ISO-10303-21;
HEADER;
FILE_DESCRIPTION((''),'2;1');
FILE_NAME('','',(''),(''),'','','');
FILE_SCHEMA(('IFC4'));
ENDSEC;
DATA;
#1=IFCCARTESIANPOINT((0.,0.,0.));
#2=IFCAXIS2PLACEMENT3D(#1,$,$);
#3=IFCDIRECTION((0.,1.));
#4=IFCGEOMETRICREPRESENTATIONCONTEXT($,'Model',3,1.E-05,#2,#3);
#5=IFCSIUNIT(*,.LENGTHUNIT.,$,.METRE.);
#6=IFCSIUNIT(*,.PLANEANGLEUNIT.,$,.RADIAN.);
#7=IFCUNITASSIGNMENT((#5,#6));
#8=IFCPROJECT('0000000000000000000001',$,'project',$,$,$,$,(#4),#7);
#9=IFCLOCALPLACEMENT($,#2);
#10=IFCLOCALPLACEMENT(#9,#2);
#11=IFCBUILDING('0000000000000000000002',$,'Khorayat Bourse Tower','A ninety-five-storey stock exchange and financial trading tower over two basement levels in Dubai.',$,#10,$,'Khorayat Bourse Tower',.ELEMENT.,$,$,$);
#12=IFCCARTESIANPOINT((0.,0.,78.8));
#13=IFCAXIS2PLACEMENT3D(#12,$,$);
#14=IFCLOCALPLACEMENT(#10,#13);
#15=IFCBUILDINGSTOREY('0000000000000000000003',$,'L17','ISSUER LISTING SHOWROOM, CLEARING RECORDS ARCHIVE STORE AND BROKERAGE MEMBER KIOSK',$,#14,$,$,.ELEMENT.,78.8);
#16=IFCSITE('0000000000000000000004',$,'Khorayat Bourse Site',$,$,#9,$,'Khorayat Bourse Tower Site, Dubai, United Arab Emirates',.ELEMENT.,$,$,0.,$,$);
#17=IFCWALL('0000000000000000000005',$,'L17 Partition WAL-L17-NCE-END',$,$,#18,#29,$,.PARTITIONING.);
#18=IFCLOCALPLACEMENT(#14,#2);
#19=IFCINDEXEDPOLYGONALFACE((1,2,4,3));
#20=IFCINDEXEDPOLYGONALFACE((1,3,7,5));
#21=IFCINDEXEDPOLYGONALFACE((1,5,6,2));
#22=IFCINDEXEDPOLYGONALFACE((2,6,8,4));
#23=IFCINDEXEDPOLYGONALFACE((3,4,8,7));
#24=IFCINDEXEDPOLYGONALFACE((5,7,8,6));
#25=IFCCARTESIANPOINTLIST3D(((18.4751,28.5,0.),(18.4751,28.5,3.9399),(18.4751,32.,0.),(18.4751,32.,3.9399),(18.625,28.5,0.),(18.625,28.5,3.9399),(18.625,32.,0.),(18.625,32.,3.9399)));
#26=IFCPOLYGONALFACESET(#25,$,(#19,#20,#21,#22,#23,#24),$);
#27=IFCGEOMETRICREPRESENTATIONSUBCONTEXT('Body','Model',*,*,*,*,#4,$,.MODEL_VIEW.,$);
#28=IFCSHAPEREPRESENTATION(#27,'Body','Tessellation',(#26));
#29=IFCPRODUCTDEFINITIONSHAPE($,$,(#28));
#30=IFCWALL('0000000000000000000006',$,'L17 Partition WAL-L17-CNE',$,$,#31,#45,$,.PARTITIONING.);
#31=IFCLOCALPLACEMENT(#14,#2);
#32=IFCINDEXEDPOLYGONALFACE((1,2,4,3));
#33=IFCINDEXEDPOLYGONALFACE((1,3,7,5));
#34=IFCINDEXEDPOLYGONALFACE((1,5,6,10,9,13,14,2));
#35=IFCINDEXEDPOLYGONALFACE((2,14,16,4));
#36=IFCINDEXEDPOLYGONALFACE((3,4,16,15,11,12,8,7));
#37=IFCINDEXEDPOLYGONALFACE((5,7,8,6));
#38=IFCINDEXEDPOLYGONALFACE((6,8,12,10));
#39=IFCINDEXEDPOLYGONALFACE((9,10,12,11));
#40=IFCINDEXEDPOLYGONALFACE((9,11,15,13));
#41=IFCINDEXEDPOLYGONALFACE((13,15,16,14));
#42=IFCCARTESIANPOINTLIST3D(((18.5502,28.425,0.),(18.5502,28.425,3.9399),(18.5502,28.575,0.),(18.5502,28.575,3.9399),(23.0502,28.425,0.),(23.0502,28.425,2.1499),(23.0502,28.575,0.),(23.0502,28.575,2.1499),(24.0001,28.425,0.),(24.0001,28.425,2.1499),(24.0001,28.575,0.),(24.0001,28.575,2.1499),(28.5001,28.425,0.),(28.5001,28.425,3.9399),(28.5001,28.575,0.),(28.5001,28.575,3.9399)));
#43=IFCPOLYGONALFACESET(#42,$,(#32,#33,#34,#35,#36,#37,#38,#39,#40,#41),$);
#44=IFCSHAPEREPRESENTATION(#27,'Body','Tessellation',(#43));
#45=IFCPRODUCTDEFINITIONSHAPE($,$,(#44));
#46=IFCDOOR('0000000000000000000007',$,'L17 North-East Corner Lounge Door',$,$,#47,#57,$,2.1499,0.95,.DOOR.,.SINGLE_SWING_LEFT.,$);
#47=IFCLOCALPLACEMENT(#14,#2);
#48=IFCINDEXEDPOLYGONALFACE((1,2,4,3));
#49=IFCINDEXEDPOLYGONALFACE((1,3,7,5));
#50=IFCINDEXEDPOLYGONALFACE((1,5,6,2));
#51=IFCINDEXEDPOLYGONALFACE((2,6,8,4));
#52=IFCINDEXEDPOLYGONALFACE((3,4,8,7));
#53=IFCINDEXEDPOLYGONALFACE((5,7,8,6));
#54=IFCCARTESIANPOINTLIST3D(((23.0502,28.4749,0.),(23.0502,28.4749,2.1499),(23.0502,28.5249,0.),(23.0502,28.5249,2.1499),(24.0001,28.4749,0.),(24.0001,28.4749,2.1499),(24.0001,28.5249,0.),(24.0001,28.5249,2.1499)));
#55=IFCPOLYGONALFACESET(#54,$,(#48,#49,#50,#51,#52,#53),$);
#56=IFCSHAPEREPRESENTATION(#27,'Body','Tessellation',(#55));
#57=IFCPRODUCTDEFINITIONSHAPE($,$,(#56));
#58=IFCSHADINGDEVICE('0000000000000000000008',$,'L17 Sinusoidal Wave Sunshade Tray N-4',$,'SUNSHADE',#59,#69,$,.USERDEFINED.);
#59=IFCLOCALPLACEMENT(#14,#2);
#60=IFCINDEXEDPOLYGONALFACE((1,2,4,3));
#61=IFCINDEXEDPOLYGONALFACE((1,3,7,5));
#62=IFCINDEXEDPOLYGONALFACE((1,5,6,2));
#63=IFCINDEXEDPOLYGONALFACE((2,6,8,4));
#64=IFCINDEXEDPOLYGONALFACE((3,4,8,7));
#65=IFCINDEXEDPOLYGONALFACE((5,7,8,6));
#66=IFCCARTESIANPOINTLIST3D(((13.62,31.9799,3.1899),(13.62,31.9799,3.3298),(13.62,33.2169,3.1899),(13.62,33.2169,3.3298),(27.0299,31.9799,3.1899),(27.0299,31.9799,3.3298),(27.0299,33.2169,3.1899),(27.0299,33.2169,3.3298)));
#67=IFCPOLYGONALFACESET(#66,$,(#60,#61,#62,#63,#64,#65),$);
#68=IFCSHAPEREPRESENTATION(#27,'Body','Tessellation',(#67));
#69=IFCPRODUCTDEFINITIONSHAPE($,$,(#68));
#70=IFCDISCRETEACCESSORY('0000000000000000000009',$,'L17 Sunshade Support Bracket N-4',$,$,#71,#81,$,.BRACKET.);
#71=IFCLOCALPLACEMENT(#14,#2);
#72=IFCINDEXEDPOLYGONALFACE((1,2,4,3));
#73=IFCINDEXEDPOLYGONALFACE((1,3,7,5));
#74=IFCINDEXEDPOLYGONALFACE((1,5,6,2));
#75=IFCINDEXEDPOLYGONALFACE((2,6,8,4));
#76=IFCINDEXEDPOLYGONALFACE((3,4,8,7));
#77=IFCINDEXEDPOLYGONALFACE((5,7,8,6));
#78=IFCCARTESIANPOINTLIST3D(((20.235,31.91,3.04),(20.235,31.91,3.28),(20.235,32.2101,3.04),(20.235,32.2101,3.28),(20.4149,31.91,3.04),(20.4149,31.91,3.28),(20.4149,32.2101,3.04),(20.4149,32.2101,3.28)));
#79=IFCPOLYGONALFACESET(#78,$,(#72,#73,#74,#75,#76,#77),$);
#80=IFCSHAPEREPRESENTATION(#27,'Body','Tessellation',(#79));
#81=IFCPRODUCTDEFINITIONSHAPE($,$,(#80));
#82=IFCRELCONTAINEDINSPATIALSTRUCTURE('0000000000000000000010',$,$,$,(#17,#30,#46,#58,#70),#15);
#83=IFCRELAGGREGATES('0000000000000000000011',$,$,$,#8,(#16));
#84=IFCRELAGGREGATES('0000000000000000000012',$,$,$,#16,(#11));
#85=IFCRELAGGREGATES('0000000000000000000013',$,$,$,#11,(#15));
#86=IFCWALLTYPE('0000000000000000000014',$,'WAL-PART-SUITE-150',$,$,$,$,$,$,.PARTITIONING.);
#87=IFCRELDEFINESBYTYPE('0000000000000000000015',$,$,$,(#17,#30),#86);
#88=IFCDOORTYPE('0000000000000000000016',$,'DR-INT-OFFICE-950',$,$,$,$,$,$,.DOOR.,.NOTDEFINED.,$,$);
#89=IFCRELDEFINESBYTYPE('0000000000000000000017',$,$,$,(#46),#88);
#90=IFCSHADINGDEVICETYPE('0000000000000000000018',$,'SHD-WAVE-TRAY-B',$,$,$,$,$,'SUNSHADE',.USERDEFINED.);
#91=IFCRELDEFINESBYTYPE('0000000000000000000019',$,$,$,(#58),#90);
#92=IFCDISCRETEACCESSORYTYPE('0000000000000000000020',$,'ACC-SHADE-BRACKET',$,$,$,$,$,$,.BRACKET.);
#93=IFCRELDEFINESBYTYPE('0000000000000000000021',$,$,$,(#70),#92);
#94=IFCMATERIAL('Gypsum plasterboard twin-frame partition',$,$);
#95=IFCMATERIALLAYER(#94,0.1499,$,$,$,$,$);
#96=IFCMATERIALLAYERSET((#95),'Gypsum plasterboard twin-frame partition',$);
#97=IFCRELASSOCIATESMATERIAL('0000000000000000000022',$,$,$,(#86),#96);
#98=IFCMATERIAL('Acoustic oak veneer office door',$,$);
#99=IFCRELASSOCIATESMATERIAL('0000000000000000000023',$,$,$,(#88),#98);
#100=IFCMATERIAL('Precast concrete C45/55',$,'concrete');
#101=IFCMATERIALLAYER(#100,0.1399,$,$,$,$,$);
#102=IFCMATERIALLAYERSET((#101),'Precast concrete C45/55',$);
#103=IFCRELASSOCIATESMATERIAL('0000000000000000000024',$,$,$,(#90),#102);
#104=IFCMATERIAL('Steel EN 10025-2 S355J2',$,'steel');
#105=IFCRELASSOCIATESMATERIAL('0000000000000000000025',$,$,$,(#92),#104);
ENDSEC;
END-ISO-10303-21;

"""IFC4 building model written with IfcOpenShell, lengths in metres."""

from ifc_helpers import new_model, si_unit, direction, frame, frame_2d, origin, origin_2d, place, context, subcontext, project, spatial, rectangle, extrude, source, transform, mapped, material, layer, layer_set, type_object, element, fill, save


model = new_model("IFC4")

# Units and contexts
model_context = context("Model", 3, precision=1e-05, world=origin(), true_north=direction((0.0, 1.0)))
body_context = subcontext(model_context, "Body", "Model", "MODEL_VIEW")
ifc_project = project(units=[si_unit("LENGTHUNIT", "METRE"), si_unit("PLANEANGLEUNIT", "RADIAN")], contexts=[model_context])

# Site, building, storey
site_placement = place(None, origin())
site = spatial("IfcSite", under=ifc_project, at=site_placement, Name="Khorayat Bourse Site", LongName="Khorayat Bourse Tower Site, Dubai, United Arab Emirates", CompositionType="ELEMENT", RefElevation=0.0)
building_placement = place(site_placement, origin())
building = spatial("IfcBuilding", under=site, at=building_placement, Name="Khorayat Bourse Tower", Description="A ninety-five-storey stock exchange and financial trading tower over two basement levels in Dubai.", LongName="Khorayat Bourse Tower", CompositionType="ELEMENT")
storey_placement = place(building_placement, frame((0.0, 0.0, 78.8)))
storey = spatial("IfcBuildingStorey", under=building, at=storey_placement, Name="L17", Description="ISSUER LISTING SHOWROOM, CLEARING RECORDS ARCHIVE STORE AND BROKERAGE MEMBER KIOSK", CompositionType="ELEMENT", Elevation=78.8)

# Shared definitions
ifc_material_1 = material(Name="Steel EN 10025-2 S355J2", Category="steel")

# Shared definitions
ifc_material_2 = material(Name="Precast concrete C45/55", Category="concrete")

# Wall
ifc_material_3 = material(Name="Gypsum plasterboard twin-frame partition")
ifc_layer_1 = layer(ifc_material_3, 0.1499)
ifc_layer_set_1 = layer_set([ifc_layer_1], Name="Gypsum plasterboard twin-frame partition")
wall_type_1 = type_object("IfcWallType", Name="WAL-PART-SUITE-150", PredefinedType="PARTITIONING", material=ifc_layer_set_1)
shared_shape_1 = source(origin(), body_context, "Body", "SweptSolid", [
    extrude(rectangle(XDim=3.5, YDim=0.1499, at=frame_2d((1.75, 0.0))), origin(), (0.0, 0.0, 1.0), 3.9399),
])
wall_1_placement = place(storey_placement, frame((18.55, 28.5, 0.0), z_axis=(0.0, 0.0, 1.0), x_axis=(0.0, 1.0, 0.0)))
element("IfcWall", 1, at=wall_1_placement, inside=storey, type_object=wall_type_1, Name="L17 Partition WAL-L17-NCE-END", PredefinedType="PARTITIONING", context=body_context, shape_type="MappedRepresentation", body=[
    mapped(shared_shape_1, transform((0.0, 0.0, 0.0), scale=1.0)),
])

# Wall, opening, door
shared_shape_2 = source(origin(), body_context, "Body", "SweptSolid", [
    extrude(rectangle(XDim=9.95, YDim=0.1499, at=frame_2d((4.9751, 0.0))), origin(), (0.0, 0.0, 1.0), 3.9399),
])
wall_2_placement = place(storey_placement, frame((18.55, 28.5, 0.0), z_axis=(0.0, 0.0, 1.0), x_axis=(1.0, 0.0, 0.0)))
wall_2 = element("IfcWall", 2, at=wall_2_placement, inside=storey, type_object=wall_type_1, Name="L17 Partition WAL-L17-CNE", PredefinedType="PARTITIONING", context=body_context, shape_type="MappedRepresentation", body=[
    mapped(shared_shape_2, transform((0.0, 0.0, 0.0), scale=1.0)),
])
shared_shape_3 = source(origin(), body_context, "Body", "SweptSolid", [
    extrude(rectangle(XDim=0.95, YDim=2.1499, at=frame_2d((0.4751, 1.075))), frame((0.0, 0.085, 0.0), z_axis=(0.0, -1.0, 0.0), x_axis=(1.0, 0.0, 0.0)), (0.0, 0.0, 1.0), 0.1699),
])
opening_1_placement = place(wall_2_placement, frame((4.5, 0.0, 0.0)))
opening_1 = element("IfcOpeningElement", 3, at=opening_1_placement, cuts=wall_2, PredefinedType="OPENING", context=body_context, shape_type="MappedRepresentation", body=[
    mapped(shared_shape_3, transform((0.0, 0.0, 0.0), scale=1.0)),
])
ifc_material_4 = material(Name="Acoustic oak veneer office door")
door_type = type_object("IfcDoorType", Name="DR-INT-OFFICE-950", OperationType="NOTDEFINED", PredefinedType="DOOR", material=ifc_material_4)
shared_shape_4 = source(origin(), body_context, "Body", "SweptSolid", [
    extrude(rectangle(XDim=0.95, YDim=2.1499, at=frame_2d((0.4751, 1.075))), frame((0.0, 0.0249, 0.0), z_axis=(0.0, -1.0, 0.0), x_axis=(1.0, 0.0, 0.0)), (0.0, 0.0, 1.0), 0.05),
])
door_placement = place(opening_1_placement, origin())
door = element("IfcDoor", 4, at=door_placement, inside=storey, type_object=door_type, Name="L17 North-East Corner Lounge Door", OperationType="SINGLE_SWING_LEFT", OverallHeight=2.1499, OverallWidth=0.95, PredefinedType="DOOR", context=body_context, shape_type="MappedRepresentation", body=[
    mapped(shared_shape_4, transform((0.0, 0.0, 0.0), scale=1.0)),
])
fill(opening_1, door)

# Shading device
ifc_layer_2 = layer(ifc_material_2, 0.1399)
ifc_layer_set_2 = layer_set([ifc_layer_2], Name="Precast concrete C45/55")
shading_device_type = type_object("IfcShadingDeviceType", Name="SHD-WAVE-TRAY-B", ElementType="SUNSHADE", PredefinedType="USERDEFINED", material=ifc_layer_set_2)
shared_shape_5 = source(origin(), body_context, "Body", "SweptSolid", [
    extrude(rectangle(XDim=13.4099, YDim=1.2371, at=origin_2d()), origin(), (0.0, 0.0, 1.0), 0.1399),
])
shading_device_placement = place(storey_placement, frame((20.325, 32.5984, 3.1899), z_axis=(0.0, 0.0, 1.0), x_axis=(1.0, 0.0, 0.0)))
element("IfcShadingDevice", 5, at=shading_device_placement, inside=storey, type_object=shading_device_type, Name="L17 Sinusoidal Wave Sunshade Tray N-4", ObjectType="SUNSHADE", PredefinedType="USERDEFINED", context=body_context, shape_type="MappedRepresentation", body=[
    mapped(shared_shape_5, transform((0.0, 0.0, 0.0), scale=1.0)),
])

# Discrete accessory
discrete_accessory_type = type_object("IfcDiscreteAccessoryType", Name="ACC-SHADE-BRACKET", PredefinedType="BRACKET", material=ifc_material_1)
shared_shape_6 = source(origin(), body_context, "Body", "SweptSolid", [
    extrude(rectangle(XDim=0.1799, YDim=0.3, at=origin_2d()), origin(), (0.0, 0.0, 1.0), 0.24),
])
discrete_accessory_placement = place(storey_placement, frame((20.325, 32.0601, 3.04), z_axis=(0.0, 0.0, 1.0), x_axis=(1.0, 0.0, 0.0)))
element("IfcDiscreteAccessory", 6, at=discrete_accessory_placement, inside=storey, type_object=discrete_accessory_type, Name="L17 Sunshade Support Bracket N-4", PredefinedType="BRACKET", context=body_context, shape_type="MappedRepresentation", body=[
    mapped(shared_shape_6, transform((0.0, 0.0, 0.0), scale=1.0)),
])

save(model, "model.ifc")
